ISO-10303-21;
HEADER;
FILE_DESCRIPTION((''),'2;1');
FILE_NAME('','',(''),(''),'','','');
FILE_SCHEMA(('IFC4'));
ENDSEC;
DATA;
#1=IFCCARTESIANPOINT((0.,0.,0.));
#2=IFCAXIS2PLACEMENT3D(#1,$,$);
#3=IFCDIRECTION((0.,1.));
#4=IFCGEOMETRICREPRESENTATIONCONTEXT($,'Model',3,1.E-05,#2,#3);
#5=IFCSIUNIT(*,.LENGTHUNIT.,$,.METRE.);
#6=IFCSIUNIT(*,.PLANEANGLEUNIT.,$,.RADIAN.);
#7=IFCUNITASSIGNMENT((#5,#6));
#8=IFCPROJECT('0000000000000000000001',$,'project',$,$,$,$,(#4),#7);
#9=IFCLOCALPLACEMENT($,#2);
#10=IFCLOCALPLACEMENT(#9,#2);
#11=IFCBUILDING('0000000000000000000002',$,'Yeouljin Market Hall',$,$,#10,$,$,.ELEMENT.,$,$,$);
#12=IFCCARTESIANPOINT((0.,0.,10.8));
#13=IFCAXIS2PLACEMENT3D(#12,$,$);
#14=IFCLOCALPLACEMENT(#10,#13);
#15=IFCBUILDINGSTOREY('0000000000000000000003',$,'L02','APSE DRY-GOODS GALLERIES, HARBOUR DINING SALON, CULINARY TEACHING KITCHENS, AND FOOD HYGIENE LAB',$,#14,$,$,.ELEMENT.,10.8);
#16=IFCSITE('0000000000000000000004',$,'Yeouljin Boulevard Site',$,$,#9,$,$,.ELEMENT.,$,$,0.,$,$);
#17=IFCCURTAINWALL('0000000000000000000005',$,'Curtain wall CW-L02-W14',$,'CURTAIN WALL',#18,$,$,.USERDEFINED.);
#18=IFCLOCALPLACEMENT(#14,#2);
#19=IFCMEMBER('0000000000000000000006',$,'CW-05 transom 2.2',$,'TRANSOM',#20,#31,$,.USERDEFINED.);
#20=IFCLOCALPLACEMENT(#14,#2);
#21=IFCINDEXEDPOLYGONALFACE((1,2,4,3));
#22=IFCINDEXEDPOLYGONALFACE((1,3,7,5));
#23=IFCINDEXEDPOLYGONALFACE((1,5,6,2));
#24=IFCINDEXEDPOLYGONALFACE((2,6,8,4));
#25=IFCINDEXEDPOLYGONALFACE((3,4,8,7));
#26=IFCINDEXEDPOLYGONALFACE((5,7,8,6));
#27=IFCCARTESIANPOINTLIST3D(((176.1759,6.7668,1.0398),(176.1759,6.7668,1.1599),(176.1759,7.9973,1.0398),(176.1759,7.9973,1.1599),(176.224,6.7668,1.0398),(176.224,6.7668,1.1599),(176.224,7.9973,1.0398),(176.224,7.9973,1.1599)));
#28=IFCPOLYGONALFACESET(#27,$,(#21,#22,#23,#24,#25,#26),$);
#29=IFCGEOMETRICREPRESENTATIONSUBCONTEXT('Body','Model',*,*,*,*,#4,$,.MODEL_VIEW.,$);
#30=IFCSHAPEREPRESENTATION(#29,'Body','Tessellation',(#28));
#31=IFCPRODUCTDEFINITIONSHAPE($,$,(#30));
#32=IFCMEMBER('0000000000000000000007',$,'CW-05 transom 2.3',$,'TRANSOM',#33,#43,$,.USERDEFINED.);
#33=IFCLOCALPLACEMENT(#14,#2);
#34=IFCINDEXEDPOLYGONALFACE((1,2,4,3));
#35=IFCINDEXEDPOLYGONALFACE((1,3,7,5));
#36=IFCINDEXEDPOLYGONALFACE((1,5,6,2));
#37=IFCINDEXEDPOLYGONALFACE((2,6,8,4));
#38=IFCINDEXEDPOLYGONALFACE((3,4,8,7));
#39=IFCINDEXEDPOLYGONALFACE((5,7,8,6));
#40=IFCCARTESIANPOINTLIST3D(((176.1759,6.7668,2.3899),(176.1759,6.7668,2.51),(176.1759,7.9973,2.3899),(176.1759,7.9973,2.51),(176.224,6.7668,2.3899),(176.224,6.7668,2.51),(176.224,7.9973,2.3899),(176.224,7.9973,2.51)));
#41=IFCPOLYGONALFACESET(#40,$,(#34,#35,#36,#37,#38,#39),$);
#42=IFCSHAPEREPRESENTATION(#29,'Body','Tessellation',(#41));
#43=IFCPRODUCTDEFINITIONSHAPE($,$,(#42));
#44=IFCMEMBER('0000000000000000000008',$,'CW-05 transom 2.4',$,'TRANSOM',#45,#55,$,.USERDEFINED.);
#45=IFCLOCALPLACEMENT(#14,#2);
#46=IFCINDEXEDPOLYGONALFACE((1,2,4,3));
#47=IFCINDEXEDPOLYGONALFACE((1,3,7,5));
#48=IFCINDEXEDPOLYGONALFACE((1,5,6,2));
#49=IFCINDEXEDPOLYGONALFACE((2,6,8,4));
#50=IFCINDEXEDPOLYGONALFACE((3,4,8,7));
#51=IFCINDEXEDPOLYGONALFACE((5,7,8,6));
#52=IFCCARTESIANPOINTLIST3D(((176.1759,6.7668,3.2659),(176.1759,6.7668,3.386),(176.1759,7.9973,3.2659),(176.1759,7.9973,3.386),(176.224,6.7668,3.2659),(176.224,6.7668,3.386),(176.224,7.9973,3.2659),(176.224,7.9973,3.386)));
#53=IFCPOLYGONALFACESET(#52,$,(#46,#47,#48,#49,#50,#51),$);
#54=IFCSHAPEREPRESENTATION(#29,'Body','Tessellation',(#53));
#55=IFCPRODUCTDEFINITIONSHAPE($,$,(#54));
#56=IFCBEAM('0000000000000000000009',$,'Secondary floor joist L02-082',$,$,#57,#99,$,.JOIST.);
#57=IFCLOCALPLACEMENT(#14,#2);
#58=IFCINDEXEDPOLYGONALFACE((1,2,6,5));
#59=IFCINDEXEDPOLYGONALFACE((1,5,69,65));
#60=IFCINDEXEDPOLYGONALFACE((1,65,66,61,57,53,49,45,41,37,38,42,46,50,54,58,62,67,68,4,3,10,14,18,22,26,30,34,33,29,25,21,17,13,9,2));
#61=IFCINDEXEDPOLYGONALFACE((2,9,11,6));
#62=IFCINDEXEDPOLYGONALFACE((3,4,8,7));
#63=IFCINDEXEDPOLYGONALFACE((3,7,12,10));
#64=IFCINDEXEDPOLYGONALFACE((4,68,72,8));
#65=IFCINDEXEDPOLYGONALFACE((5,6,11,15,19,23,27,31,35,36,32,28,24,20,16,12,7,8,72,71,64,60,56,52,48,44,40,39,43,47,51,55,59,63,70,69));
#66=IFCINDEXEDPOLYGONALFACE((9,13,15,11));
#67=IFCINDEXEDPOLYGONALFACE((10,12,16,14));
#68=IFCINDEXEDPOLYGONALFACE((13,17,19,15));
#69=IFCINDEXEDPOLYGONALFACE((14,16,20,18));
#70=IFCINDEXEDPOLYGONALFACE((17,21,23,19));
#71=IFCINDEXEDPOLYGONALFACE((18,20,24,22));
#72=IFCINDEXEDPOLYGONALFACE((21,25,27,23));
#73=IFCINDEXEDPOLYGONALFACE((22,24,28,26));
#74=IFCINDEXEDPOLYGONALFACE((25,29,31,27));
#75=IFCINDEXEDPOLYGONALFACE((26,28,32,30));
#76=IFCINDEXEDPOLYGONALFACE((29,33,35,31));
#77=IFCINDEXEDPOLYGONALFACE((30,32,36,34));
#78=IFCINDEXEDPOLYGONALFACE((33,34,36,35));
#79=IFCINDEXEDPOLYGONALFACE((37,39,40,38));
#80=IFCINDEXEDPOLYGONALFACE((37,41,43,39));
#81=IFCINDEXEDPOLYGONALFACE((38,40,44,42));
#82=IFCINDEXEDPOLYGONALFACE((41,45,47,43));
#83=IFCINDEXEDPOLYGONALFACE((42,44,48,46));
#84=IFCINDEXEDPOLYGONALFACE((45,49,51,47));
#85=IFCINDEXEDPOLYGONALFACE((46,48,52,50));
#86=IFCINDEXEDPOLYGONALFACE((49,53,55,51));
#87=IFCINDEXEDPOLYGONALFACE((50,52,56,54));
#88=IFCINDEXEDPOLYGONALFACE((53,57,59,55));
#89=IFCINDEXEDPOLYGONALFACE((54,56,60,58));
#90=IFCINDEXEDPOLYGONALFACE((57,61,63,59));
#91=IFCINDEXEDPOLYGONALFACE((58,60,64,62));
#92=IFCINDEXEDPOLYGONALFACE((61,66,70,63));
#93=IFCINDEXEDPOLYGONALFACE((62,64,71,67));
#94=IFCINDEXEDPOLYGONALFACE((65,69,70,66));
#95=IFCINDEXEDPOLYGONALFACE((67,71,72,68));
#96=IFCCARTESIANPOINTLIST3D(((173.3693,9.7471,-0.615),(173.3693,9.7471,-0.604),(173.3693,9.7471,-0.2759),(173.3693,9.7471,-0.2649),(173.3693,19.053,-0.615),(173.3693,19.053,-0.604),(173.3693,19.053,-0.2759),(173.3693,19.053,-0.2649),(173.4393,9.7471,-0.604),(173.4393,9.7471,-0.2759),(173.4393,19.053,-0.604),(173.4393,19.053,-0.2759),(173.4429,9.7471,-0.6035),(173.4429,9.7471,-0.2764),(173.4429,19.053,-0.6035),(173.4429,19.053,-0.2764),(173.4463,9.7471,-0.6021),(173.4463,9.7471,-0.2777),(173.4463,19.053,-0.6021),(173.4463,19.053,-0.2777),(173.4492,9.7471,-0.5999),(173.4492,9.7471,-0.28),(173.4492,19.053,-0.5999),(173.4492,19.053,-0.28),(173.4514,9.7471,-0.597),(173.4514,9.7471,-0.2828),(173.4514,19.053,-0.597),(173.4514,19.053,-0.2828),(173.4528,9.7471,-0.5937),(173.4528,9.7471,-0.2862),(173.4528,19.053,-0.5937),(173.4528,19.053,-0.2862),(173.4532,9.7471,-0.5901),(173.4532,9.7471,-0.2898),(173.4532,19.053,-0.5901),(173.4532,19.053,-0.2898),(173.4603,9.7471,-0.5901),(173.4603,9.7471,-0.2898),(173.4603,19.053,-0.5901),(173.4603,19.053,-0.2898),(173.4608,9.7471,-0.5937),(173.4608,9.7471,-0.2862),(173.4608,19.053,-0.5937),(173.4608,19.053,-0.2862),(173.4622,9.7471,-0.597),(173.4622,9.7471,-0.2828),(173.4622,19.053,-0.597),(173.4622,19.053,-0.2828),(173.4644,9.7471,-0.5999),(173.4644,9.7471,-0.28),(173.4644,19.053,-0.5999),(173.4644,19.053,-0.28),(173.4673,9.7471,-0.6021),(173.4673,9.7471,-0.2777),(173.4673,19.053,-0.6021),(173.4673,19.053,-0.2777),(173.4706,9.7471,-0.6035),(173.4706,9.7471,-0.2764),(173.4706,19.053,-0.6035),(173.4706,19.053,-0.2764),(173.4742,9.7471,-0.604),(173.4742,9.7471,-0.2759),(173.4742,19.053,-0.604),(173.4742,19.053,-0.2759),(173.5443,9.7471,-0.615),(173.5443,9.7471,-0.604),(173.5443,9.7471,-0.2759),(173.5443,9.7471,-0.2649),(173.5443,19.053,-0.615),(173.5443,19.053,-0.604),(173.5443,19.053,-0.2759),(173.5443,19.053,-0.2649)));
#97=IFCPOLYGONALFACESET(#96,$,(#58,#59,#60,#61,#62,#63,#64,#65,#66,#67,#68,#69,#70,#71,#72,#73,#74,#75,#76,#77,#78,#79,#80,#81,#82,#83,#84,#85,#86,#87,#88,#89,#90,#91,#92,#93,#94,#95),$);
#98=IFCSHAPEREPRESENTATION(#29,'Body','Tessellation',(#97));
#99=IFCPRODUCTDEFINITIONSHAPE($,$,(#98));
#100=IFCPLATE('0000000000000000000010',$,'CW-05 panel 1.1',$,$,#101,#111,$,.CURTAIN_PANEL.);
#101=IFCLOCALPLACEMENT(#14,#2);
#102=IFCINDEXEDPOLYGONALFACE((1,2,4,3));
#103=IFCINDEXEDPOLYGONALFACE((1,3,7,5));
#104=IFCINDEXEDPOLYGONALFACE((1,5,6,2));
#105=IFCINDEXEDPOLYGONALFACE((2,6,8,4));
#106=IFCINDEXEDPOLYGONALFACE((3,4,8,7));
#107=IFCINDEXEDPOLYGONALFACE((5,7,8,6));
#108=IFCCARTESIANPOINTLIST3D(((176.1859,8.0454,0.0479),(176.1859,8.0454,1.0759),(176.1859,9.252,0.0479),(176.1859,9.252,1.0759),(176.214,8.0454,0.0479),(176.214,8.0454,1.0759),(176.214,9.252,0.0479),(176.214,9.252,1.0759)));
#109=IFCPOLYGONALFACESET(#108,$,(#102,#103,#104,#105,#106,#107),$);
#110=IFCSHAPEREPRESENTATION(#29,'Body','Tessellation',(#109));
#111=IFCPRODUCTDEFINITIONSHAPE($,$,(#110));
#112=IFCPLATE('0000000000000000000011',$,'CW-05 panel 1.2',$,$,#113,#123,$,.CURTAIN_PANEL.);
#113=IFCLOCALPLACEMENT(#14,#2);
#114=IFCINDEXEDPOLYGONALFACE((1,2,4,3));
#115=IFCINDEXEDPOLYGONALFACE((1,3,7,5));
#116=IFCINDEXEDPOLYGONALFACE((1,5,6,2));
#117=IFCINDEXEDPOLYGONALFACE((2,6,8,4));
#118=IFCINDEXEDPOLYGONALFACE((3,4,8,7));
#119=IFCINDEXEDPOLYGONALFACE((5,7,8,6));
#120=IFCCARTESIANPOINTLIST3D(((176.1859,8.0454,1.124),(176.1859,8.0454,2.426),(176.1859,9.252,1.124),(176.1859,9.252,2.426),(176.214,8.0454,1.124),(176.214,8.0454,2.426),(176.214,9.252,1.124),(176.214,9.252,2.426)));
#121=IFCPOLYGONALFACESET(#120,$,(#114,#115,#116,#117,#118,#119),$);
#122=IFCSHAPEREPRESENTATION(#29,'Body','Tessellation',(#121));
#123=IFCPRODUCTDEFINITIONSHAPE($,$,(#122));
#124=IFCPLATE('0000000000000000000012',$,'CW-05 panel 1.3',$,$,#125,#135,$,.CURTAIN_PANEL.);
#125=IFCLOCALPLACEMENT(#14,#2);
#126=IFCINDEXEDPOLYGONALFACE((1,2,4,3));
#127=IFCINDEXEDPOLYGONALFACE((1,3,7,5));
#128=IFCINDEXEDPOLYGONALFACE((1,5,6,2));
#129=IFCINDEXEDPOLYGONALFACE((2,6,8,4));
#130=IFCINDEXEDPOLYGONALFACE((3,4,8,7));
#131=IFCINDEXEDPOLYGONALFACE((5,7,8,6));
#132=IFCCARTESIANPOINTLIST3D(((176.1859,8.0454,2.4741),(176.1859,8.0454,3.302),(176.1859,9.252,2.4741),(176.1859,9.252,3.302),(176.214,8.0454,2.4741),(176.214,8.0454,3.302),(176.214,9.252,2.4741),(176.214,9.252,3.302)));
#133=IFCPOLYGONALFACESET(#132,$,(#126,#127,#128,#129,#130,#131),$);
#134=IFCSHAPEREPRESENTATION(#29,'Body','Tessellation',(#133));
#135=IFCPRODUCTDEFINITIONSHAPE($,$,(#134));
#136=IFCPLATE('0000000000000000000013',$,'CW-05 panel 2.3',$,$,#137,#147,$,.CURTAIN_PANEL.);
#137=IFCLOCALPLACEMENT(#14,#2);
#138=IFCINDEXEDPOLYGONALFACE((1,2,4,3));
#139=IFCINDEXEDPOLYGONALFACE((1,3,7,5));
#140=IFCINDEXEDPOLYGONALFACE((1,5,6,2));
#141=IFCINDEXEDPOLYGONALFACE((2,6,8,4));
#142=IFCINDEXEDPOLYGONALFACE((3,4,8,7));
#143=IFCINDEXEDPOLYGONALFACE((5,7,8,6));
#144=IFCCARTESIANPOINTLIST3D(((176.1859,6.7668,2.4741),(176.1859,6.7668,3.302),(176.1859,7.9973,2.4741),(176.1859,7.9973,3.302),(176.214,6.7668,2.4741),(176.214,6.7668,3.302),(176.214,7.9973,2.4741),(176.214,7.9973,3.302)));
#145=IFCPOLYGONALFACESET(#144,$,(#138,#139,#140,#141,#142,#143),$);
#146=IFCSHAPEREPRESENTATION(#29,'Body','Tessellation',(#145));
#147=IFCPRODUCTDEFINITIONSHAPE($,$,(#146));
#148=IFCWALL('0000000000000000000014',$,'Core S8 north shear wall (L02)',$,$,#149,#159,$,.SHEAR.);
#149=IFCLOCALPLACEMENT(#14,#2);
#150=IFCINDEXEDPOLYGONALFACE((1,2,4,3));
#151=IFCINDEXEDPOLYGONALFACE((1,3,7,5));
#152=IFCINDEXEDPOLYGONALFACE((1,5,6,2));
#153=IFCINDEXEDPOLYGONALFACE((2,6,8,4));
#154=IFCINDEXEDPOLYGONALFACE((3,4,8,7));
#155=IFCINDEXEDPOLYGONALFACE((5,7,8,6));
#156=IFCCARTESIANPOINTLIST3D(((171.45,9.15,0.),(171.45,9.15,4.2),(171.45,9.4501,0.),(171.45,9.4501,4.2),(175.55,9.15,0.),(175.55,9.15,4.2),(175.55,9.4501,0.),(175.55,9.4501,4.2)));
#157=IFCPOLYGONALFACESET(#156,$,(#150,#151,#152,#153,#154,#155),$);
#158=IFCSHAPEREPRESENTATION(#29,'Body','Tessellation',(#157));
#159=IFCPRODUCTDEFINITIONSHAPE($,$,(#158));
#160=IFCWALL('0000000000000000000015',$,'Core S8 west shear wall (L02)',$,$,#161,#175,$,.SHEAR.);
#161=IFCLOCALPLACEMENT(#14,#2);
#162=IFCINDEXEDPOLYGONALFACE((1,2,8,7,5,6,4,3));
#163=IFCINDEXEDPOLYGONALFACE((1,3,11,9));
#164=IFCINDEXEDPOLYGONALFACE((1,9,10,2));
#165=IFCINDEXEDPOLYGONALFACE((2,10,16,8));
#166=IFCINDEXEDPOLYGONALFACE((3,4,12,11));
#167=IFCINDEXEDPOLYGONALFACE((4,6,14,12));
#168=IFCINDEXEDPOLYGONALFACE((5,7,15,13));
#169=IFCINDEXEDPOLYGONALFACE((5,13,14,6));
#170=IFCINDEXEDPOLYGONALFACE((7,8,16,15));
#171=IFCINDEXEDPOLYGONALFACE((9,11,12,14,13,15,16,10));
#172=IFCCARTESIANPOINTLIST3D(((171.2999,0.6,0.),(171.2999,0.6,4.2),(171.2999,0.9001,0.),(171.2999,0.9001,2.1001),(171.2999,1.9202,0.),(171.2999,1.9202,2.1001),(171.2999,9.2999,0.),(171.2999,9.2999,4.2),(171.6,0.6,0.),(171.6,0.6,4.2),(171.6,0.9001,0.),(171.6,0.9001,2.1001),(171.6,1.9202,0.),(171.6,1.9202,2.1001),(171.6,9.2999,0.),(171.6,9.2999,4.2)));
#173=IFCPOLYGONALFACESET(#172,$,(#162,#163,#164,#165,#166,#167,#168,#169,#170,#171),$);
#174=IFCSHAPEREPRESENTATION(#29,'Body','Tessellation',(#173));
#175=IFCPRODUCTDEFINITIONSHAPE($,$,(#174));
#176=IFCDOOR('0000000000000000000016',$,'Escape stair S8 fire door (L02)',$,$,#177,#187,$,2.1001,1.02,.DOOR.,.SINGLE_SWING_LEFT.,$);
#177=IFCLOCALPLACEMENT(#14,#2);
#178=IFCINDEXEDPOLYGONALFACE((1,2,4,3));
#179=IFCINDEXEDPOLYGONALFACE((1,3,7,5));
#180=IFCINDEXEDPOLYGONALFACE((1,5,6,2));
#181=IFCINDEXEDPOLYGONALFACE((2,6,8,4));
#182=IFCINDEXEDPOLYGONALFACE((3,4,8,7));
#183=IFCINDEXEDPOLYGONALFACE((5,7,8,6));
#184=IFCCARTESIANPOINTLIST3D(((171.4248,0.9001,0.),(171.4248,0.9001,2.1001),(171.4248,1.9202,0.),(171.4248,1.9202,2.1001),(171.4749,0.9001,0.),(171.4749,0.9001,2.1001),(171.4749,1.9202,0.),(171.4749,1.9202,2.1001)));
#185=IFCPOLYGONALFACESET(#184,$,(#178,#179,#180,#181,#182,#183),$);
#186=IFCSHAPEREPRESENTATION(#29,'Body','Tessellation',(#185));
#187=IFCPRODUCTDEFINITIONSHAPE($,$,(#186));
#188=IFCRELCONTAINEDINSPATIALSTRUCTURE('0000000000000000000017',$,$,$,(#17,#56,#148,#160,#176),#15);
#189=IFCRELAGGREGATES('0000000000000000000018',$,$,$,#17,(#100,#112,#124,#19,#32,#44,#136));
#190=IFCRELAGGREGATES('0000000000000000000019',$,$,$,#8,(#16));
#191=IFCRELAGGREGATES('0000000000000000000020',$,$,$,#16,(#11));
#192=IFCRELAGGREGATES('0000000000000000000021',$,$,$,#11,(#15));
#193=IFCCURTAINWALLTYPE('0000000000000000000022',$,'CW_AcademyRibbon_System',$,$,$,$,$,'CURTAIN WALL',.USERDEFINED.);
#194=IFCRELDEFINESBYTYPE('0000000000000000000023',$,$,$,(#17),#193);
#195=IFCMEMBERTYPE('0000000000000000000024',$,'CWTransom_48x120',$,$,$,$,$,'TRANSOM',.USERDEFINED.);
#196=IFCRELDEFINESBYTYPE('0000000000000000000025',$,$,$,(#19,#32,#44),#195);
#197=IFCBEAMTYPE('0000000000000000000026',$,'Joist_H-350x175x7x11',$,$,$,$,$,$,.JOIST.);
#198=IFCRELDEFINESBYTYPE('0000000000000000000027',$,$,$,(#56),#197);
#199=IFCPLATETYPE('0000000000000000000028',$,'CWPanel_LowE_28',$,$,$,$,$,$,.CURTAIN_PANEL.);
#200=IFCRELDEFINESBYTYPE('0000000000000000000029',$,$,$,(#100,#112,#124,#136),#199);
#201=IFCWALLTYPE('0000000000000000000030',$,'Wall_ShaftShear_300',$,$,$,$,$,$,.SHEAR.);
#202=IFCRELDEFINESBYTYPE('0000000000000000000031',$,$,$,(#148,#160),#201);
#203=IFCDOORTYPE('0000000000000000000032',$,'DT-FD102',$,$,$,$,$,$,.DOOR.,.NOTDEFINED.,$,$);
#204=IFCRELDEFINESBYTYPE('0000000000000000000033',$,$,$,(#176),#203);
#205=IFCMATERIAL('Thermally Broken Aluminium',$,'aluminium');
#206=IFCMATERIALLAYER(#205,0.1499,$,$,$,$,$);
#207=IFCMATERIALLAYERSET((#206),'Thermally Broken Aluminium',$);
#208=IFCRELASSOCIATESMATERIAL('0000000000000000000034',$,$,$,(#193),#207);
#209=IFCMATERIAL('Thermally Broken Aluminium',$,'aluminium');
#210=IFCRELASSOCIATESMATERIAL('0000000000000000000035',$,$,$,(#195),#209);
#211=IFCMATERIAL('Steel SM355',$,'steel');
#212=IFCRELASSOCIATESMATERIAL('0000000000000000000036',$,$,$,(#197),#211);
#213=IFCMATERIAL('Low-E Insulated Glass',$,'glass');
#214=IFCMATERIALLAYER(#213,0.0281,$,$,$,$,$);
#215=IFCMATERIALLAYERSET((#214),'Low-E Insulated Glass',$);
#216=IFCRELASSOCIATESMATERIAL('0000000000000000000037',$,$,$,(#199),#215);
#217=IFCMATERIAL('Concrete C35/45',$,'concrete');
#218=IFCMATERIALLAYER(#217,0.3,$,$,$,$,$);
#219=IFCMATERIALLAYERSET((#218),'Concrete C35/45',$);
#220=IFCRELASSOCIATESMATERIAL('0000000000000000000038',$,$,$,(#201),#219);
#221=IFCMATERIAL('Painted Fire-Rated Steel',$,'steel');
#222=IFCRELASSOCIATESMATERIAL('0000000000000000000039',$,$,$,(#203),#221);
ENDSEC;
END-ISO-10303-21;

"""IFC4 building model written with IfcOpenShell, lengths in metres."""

from ifc_helpers import new_model, si_unit, direction, frame, frame_2d, origin, origin_2d, place, context, subcontext, project, spatial, rectangle, i_section, extrude, material, layer, layer_set, material_profile, profile_set, type_object, element, fill, aggregate, save


model = new_model("IFC4")

# Units and contexts
model_context = context("Model", 3, precision=1e-05, world=origin(), true_north=direction((0.0, 1.0)))
body_context = subcontext(model_context, "Body", "Model", "MODEL_VIEW")
ifc_project = project(units=[si_unit("LENGTHUNIT", "METRE"), si_unit("PLANEANGLEUNIT", "RADIAN")], contexts=[model_context])

# Site, building, storey
site_placement = place(None, origin())
site = spatial("IfcSite", under=ifc_project, at=site_placement, Name="Yeouljin Boulevard Site", CompositionType="ELEMENT", RefElevation=0.0)
building_placement = place(site_placement, origin())
building = spatial("IfcBuilding", under=site, at=building_placement, Name="Yeouljin Market Hall", CompositionType="ELEMENT")
storey_placement = place(building_placement, frame((0.0, 0.0, 10.8)))
storey = spatial("IfcBuildingStorey", under=building, at=storey_placement, Name="L02", Description="APSE DRY-GOODS GALLERIES, HARBOUR DINING SALON, CULINARY TEACHING KITCHENS, AND FOOD HYGIENE LAB", CompositionType="ELEMENT", Elevation=10.8)

# Curtain wall, members
ifc_material_1 = material(Name="Thermally Broken Aluminium", Category="aluminium")
ifc_layer_1 = layer(ifc_material_1, 0.1499)
ifc_layer_set_1 = layer_set([ifc_layer_1], Name="Thermally Broken Aluminium")
curtain_wall_type = type_object("IfcCurtainWallType", Name="CW_AcademyRibbon_System", ElementType="CURTAIN WALL", PredefinedType="USERDEFINED", material=ifc_layer_set_1)
curtain_wall_placement = place(storey_placement, origin())
curtain_wall = element("IfcCurtainWall", 1, at=curtain_wall_placement, inside=storey, type_object=curtain_wall_type, Name="Curtain wall CW-L02-W14", ObjectType="CURTAIN WALL", PredefinedType="USERDEFINED")
ifc_material_2 = material(Name="Thermally Broken Aluminium", Category="aluminium")
ifc_material_profile_1 = material_profile(ifc_material_2, rectangle(XDim=0.0481, YDim=0.1201, at=origin_2d()), Name="CW-TRAN-48x120")
ifc_profile_set_1 = profile_set([ifc_material_profile_1], Name="Thermally Broken Aluminium")
member_type_1 = type_object("IfcMemberType", Name="CWTransom_48x120", ElementType="TRANSOM", PredefinedType="USERDEFINED", material=ifc_profile_set_1)
member_1_placement = place(storey_placement, frame((176.2, 7.9973, 1.0999), z_axis=(0.0, -1.0, 0.0), x_axis=(1.0, 0.0, 0.0)))
member_1 = element("IfcMember", 2, at=member_1_placement, type_object=member_type_1, Name="CW-05 transom 2.2", ObjectType="TRANSOM", PredefinedType="USERDEFINED", context=body_context, shape_type="SweptSolid", body=[
    extrude(rectangle(XDim=0.0481, YDim=0.1201, at=origin_2d()), origin(), (0.0, 0.0, 1.0), 1.2305),
])
member_2_placement = place(storey_placement, frame((176.2, 7.9973, 2.45), z_axis=(0.0, -1.0, 0.0), x_axis=(1.0, 0.0, 0.0)))
member_2 = element("IfcMember", 3, at=member_2_placement, type_object=member_type_1, Name="CW-05 transom 2.3", ObjectType="TRANSOM", PredefinedType="USERDEFINED", context=body_context, shape_type="SweptSolid", body=[
    extrude(rectangle(XDim=0.0481, YDim=0.1201, at=origin_2d()), origin(), (0.0, 0.0, 1.0), 1.2305),
])
member_3_placement = place(storey_placement, frame((176.2, 7.9973, 3.3259), z_axis=(0.0, -1.0, 0.0), x_axis=(1.0, 0.0, 0.0)))
member_3 = element("IfcMember", 4, at=member_3_placement, type_object=member_type_1, Name="CW-05 transom 2.4", ObjectType="TRANSOM", PredefinedType="USERDEFINED", context=body_context, shape_type="SweptSolid", body=[
    extrude(rectangle(XDim=0.0481, YDim=0.1201, at=origin_2d()), origin(), (0.0, 0.0, 1.0), 1.2305),
])

# Beam
ifc_material_3 = material(Name="Steel SM355", Category="steel")
ifc_material_profile_2 = material_profile(ifc_material_3, i_section(OverallWidth=0.175, OverallDepth=0.3501, WebThickness=0.0071, FlangeThickness=0.011, FilletRadius=0.0139, at=origin_2d()), Name="H-350x175x7x11")
ifc_profile_set_2 = profile_set([ifc_material_profile_2], Name="Steel SM355")
beam_type_1 = type_object("IfcBeamType", Name="Joist_H-350x175x7x11", PredefinedType="JOIST", material=ifc_profile_set_2)
beam_1_placement = place(storey_placement, frame((173.4568, 9.7471, -0.4399), z_axis=(0.0, 1.0, 0.0), x_axis=(-1.0, 0.0, 0.0)))
element("IfcBeam", 5, at=beam_1_placement, inside=storey, type_object=beam_type_1, Name="Secondary floor joist L02-082", PredefinedType="JOIST", context=body_context, shape_type="SweptSolid", body=[
    extrude(i_section(OverallWidth=0.175, OverallDepth=0.3501, WebThickness=0.0071, FlangeThickness=0.011, FilletRadius=0.0139, at=origin_2d()), origin(), (0.0, 0.0, 1.0), 9.3059),
])

# Plates
ifc_material_4 = material(Name="Low-E Insulated Glass", Category="glass")
ifc_layer_2 = layer(ifc_material_4, 0.0281)
ifc_layer_set_2 = layer_set([ifc_layer_2], Name="Low-E Insulated Glass")
plate_type = type_object("IfcPlateType", Name="CWPanel_LowE_28", PredefinedType="CURTAIN_PANEL", material=ifc_layer_set_2)
plate_1_placement = place(storey_placement, frame((176.2, 8.6487, 0.0479), z_axis=(0.0, 0.0, 1.0), x_axis=(0.0, -1.0, 0.0)))
plate_1 = element("IfcPlate", 6, at=plate_1_placement, type_object=plate_type, Name="CW-05 panel 1.1", PredefinedType="CURTAIN_PANEL", context=body_context, shape_type="SweptSolid", body=[
    extrude(rectangle(XDim=1.2065, YDim=0.0281, at=origin_2d()), origin(), (0.0, 0.0, 1.0), 1.0281),
])
plate_2_placement = place(storey_placement, frame((176.2, 8.6487, 1.124), z_axis=(0.0, 0.0, 1.0), x_axis=(0.0, -1.0, 0.0)))
plate_2 = element("IfcPlate", 7, at=plate_2_placement, type_object=plate_type, Name="CW-05 panel 1.2", PredefinedType="CURTAIN_PANEL", context=body_context, shape_type="SweptSolid", body=[
    extrude(rectangle(XDim=1.2065, YDim=0.0281, at=origin_2d()), origin(), (0.0, 0.0, 1.0), 1.302),
])
plate_3_placement = place(storey_placement, frame((176.2, 8.6487, 2.4741), z_axis=(0.0, 0.0, 1.0), x_axis=(0.0, -1.0, 0.0)))
plate_3 = element("IfcPlate", 8, at=plate_3_placement, type_object=plate_type, Name="CW-05 panel 1.3", PredefinedType="CURTAIN_PANEL", context=body_context, shape_type="SweptSolid", body=[
    extrude(rectangle(XDim=1.2065, YDim=0.0281, at=origin_2d()), origin(), (0.0, 0.0, 1.0), 0.8279),
])
plate_4_placement = place(storey_placement, frame((176.2, 7.3821, 2.4741), z_axis=(0.0, 0.0, 1.0), x_axis=(0.0, -1.0, 0.0)))
plate_4 = element("IfcPlate", 9, at=plate_4_placement, type_object=plate_type, Name="CW-05 panel 2.3", PredefinedType="CURTAIN_PANEL", context=body_context, shape_type="SweptSolid", body=[
    extrude(rectangle(XDim=1.2305, YDim=0.0281, at=origin_2d()), origin(), (0.0, 0.0, 1.0), 0.8279),
])
aggregate(curtain_wall, [plate_1, plate_2, plate_3, member_1, member_2, member_3, plate_4])

# Wall
ifc_material_5 = material(Name="Concrete C35/45", Category="concrete")
ifc_layer_3 = layer(ifc_material_5, 0.3)
ifc_layer_set_3 = layer_set([ifc_layer_3], Name="Concrete C35/45")
wall_type = type_object("IfcWallType", Name="Wall_ShaftShear_300", PredefinedType="SHEAR", material=ifc_layer_set_3)
wall_1_placement = place(storey_placement, frame((175.55, 9.3, 0.0), z_axis=(0.0, 0.0, 1.0), x_axis=(-1.0, 0.0, 0.0)))
element("IfcWall", 10, at=wall_1_placement, inside=storey, type_object=wall_type, Name="Core S8 north shear wall (L02)", PredefinedType="SHEAR", context=body_context, shape_type="SweptSolid", body=[
    extrude(rectangle(XDim=4.1001, YDim=0.3, at=frame_2d((2.05, 0.0))), origin(), (0.0, 0.0, 1.0), 4.2),
])

# Wall, opening, door
wall_2_placement = place(storey_placement, frame((171.45, 9.3, 0.0), z_axis=(0.0, 0.0, 1.0), x_axis=(0.0, -1.0, 0.0)))
wall_2 = element("IfcWall", 11, at=wall_2_placement, inside=storey, type_object=wall_type, Name="Core S8 west shear wall (L02)", PredefinedType="SHEAR", context=body_context, shape_type="SweptSolid", body=[
    extrude(rectangle(XDim=8.7, YDim=0.3, at=frame_2d((4.3501, 0.0))), origin(), (0.0, 0.0, 1.0), 4.2),
])
opening_placement = place(wall_2_placement, frame((7.3799, 0.0, 0.0)))
opening = element("IfcOpeningElement", 12, at=opening_placement, cuts=wall_2, PredefinedType="OPENING", context=body_context, shape_type="SweptSolid", body=[
    extrude(rectangle(XDim=1.02, YDim=2.1001, at=frame_2d((0.51, 1.05))), frame((0.0, 0.1599, 0.0), z_axis=(0.0, -1.0, 0.0), x_axis=(1.0, 0.0, 0.0)), (0.0, 0.0, 1.0), 0.3201),
])
ifc_material_6 = material(Name="Painted Fire-Rated Steel", Category="steel")
door_type = type_object("IfcDoorType", Name="DT-FD102", OperationType="NOTDEFINED", PredefinedType="DOOR", material=ifc_material_6)
door_placement = place(opening_placement, origin())
door = element("IfcDoor", 13, at=door_placement, inside=storey, type_object=door_type, Name="Escape stair S8 fire door (L02)", OperationType="SINGLE_SWING_LEFT", OverallHeight=2.1001, OverallWidth=1.02, PredefinedType="DOOR", context=body_context, shape_type="SweptSolid", body=[
    extrude(rectangle(XDim=1.02, YDim=2.1001, at=frame_2d((0.51, 1.05))), frame((0.0, 0.0249, 0.0), z_axis=(0.0, -1.0, 0.0), x_axis=(1.0, 0.0, 0.0)), (0.0, 0.0, 1.0), 0.05),
])
fill(opening, door)

save(model, "model.ifc")
